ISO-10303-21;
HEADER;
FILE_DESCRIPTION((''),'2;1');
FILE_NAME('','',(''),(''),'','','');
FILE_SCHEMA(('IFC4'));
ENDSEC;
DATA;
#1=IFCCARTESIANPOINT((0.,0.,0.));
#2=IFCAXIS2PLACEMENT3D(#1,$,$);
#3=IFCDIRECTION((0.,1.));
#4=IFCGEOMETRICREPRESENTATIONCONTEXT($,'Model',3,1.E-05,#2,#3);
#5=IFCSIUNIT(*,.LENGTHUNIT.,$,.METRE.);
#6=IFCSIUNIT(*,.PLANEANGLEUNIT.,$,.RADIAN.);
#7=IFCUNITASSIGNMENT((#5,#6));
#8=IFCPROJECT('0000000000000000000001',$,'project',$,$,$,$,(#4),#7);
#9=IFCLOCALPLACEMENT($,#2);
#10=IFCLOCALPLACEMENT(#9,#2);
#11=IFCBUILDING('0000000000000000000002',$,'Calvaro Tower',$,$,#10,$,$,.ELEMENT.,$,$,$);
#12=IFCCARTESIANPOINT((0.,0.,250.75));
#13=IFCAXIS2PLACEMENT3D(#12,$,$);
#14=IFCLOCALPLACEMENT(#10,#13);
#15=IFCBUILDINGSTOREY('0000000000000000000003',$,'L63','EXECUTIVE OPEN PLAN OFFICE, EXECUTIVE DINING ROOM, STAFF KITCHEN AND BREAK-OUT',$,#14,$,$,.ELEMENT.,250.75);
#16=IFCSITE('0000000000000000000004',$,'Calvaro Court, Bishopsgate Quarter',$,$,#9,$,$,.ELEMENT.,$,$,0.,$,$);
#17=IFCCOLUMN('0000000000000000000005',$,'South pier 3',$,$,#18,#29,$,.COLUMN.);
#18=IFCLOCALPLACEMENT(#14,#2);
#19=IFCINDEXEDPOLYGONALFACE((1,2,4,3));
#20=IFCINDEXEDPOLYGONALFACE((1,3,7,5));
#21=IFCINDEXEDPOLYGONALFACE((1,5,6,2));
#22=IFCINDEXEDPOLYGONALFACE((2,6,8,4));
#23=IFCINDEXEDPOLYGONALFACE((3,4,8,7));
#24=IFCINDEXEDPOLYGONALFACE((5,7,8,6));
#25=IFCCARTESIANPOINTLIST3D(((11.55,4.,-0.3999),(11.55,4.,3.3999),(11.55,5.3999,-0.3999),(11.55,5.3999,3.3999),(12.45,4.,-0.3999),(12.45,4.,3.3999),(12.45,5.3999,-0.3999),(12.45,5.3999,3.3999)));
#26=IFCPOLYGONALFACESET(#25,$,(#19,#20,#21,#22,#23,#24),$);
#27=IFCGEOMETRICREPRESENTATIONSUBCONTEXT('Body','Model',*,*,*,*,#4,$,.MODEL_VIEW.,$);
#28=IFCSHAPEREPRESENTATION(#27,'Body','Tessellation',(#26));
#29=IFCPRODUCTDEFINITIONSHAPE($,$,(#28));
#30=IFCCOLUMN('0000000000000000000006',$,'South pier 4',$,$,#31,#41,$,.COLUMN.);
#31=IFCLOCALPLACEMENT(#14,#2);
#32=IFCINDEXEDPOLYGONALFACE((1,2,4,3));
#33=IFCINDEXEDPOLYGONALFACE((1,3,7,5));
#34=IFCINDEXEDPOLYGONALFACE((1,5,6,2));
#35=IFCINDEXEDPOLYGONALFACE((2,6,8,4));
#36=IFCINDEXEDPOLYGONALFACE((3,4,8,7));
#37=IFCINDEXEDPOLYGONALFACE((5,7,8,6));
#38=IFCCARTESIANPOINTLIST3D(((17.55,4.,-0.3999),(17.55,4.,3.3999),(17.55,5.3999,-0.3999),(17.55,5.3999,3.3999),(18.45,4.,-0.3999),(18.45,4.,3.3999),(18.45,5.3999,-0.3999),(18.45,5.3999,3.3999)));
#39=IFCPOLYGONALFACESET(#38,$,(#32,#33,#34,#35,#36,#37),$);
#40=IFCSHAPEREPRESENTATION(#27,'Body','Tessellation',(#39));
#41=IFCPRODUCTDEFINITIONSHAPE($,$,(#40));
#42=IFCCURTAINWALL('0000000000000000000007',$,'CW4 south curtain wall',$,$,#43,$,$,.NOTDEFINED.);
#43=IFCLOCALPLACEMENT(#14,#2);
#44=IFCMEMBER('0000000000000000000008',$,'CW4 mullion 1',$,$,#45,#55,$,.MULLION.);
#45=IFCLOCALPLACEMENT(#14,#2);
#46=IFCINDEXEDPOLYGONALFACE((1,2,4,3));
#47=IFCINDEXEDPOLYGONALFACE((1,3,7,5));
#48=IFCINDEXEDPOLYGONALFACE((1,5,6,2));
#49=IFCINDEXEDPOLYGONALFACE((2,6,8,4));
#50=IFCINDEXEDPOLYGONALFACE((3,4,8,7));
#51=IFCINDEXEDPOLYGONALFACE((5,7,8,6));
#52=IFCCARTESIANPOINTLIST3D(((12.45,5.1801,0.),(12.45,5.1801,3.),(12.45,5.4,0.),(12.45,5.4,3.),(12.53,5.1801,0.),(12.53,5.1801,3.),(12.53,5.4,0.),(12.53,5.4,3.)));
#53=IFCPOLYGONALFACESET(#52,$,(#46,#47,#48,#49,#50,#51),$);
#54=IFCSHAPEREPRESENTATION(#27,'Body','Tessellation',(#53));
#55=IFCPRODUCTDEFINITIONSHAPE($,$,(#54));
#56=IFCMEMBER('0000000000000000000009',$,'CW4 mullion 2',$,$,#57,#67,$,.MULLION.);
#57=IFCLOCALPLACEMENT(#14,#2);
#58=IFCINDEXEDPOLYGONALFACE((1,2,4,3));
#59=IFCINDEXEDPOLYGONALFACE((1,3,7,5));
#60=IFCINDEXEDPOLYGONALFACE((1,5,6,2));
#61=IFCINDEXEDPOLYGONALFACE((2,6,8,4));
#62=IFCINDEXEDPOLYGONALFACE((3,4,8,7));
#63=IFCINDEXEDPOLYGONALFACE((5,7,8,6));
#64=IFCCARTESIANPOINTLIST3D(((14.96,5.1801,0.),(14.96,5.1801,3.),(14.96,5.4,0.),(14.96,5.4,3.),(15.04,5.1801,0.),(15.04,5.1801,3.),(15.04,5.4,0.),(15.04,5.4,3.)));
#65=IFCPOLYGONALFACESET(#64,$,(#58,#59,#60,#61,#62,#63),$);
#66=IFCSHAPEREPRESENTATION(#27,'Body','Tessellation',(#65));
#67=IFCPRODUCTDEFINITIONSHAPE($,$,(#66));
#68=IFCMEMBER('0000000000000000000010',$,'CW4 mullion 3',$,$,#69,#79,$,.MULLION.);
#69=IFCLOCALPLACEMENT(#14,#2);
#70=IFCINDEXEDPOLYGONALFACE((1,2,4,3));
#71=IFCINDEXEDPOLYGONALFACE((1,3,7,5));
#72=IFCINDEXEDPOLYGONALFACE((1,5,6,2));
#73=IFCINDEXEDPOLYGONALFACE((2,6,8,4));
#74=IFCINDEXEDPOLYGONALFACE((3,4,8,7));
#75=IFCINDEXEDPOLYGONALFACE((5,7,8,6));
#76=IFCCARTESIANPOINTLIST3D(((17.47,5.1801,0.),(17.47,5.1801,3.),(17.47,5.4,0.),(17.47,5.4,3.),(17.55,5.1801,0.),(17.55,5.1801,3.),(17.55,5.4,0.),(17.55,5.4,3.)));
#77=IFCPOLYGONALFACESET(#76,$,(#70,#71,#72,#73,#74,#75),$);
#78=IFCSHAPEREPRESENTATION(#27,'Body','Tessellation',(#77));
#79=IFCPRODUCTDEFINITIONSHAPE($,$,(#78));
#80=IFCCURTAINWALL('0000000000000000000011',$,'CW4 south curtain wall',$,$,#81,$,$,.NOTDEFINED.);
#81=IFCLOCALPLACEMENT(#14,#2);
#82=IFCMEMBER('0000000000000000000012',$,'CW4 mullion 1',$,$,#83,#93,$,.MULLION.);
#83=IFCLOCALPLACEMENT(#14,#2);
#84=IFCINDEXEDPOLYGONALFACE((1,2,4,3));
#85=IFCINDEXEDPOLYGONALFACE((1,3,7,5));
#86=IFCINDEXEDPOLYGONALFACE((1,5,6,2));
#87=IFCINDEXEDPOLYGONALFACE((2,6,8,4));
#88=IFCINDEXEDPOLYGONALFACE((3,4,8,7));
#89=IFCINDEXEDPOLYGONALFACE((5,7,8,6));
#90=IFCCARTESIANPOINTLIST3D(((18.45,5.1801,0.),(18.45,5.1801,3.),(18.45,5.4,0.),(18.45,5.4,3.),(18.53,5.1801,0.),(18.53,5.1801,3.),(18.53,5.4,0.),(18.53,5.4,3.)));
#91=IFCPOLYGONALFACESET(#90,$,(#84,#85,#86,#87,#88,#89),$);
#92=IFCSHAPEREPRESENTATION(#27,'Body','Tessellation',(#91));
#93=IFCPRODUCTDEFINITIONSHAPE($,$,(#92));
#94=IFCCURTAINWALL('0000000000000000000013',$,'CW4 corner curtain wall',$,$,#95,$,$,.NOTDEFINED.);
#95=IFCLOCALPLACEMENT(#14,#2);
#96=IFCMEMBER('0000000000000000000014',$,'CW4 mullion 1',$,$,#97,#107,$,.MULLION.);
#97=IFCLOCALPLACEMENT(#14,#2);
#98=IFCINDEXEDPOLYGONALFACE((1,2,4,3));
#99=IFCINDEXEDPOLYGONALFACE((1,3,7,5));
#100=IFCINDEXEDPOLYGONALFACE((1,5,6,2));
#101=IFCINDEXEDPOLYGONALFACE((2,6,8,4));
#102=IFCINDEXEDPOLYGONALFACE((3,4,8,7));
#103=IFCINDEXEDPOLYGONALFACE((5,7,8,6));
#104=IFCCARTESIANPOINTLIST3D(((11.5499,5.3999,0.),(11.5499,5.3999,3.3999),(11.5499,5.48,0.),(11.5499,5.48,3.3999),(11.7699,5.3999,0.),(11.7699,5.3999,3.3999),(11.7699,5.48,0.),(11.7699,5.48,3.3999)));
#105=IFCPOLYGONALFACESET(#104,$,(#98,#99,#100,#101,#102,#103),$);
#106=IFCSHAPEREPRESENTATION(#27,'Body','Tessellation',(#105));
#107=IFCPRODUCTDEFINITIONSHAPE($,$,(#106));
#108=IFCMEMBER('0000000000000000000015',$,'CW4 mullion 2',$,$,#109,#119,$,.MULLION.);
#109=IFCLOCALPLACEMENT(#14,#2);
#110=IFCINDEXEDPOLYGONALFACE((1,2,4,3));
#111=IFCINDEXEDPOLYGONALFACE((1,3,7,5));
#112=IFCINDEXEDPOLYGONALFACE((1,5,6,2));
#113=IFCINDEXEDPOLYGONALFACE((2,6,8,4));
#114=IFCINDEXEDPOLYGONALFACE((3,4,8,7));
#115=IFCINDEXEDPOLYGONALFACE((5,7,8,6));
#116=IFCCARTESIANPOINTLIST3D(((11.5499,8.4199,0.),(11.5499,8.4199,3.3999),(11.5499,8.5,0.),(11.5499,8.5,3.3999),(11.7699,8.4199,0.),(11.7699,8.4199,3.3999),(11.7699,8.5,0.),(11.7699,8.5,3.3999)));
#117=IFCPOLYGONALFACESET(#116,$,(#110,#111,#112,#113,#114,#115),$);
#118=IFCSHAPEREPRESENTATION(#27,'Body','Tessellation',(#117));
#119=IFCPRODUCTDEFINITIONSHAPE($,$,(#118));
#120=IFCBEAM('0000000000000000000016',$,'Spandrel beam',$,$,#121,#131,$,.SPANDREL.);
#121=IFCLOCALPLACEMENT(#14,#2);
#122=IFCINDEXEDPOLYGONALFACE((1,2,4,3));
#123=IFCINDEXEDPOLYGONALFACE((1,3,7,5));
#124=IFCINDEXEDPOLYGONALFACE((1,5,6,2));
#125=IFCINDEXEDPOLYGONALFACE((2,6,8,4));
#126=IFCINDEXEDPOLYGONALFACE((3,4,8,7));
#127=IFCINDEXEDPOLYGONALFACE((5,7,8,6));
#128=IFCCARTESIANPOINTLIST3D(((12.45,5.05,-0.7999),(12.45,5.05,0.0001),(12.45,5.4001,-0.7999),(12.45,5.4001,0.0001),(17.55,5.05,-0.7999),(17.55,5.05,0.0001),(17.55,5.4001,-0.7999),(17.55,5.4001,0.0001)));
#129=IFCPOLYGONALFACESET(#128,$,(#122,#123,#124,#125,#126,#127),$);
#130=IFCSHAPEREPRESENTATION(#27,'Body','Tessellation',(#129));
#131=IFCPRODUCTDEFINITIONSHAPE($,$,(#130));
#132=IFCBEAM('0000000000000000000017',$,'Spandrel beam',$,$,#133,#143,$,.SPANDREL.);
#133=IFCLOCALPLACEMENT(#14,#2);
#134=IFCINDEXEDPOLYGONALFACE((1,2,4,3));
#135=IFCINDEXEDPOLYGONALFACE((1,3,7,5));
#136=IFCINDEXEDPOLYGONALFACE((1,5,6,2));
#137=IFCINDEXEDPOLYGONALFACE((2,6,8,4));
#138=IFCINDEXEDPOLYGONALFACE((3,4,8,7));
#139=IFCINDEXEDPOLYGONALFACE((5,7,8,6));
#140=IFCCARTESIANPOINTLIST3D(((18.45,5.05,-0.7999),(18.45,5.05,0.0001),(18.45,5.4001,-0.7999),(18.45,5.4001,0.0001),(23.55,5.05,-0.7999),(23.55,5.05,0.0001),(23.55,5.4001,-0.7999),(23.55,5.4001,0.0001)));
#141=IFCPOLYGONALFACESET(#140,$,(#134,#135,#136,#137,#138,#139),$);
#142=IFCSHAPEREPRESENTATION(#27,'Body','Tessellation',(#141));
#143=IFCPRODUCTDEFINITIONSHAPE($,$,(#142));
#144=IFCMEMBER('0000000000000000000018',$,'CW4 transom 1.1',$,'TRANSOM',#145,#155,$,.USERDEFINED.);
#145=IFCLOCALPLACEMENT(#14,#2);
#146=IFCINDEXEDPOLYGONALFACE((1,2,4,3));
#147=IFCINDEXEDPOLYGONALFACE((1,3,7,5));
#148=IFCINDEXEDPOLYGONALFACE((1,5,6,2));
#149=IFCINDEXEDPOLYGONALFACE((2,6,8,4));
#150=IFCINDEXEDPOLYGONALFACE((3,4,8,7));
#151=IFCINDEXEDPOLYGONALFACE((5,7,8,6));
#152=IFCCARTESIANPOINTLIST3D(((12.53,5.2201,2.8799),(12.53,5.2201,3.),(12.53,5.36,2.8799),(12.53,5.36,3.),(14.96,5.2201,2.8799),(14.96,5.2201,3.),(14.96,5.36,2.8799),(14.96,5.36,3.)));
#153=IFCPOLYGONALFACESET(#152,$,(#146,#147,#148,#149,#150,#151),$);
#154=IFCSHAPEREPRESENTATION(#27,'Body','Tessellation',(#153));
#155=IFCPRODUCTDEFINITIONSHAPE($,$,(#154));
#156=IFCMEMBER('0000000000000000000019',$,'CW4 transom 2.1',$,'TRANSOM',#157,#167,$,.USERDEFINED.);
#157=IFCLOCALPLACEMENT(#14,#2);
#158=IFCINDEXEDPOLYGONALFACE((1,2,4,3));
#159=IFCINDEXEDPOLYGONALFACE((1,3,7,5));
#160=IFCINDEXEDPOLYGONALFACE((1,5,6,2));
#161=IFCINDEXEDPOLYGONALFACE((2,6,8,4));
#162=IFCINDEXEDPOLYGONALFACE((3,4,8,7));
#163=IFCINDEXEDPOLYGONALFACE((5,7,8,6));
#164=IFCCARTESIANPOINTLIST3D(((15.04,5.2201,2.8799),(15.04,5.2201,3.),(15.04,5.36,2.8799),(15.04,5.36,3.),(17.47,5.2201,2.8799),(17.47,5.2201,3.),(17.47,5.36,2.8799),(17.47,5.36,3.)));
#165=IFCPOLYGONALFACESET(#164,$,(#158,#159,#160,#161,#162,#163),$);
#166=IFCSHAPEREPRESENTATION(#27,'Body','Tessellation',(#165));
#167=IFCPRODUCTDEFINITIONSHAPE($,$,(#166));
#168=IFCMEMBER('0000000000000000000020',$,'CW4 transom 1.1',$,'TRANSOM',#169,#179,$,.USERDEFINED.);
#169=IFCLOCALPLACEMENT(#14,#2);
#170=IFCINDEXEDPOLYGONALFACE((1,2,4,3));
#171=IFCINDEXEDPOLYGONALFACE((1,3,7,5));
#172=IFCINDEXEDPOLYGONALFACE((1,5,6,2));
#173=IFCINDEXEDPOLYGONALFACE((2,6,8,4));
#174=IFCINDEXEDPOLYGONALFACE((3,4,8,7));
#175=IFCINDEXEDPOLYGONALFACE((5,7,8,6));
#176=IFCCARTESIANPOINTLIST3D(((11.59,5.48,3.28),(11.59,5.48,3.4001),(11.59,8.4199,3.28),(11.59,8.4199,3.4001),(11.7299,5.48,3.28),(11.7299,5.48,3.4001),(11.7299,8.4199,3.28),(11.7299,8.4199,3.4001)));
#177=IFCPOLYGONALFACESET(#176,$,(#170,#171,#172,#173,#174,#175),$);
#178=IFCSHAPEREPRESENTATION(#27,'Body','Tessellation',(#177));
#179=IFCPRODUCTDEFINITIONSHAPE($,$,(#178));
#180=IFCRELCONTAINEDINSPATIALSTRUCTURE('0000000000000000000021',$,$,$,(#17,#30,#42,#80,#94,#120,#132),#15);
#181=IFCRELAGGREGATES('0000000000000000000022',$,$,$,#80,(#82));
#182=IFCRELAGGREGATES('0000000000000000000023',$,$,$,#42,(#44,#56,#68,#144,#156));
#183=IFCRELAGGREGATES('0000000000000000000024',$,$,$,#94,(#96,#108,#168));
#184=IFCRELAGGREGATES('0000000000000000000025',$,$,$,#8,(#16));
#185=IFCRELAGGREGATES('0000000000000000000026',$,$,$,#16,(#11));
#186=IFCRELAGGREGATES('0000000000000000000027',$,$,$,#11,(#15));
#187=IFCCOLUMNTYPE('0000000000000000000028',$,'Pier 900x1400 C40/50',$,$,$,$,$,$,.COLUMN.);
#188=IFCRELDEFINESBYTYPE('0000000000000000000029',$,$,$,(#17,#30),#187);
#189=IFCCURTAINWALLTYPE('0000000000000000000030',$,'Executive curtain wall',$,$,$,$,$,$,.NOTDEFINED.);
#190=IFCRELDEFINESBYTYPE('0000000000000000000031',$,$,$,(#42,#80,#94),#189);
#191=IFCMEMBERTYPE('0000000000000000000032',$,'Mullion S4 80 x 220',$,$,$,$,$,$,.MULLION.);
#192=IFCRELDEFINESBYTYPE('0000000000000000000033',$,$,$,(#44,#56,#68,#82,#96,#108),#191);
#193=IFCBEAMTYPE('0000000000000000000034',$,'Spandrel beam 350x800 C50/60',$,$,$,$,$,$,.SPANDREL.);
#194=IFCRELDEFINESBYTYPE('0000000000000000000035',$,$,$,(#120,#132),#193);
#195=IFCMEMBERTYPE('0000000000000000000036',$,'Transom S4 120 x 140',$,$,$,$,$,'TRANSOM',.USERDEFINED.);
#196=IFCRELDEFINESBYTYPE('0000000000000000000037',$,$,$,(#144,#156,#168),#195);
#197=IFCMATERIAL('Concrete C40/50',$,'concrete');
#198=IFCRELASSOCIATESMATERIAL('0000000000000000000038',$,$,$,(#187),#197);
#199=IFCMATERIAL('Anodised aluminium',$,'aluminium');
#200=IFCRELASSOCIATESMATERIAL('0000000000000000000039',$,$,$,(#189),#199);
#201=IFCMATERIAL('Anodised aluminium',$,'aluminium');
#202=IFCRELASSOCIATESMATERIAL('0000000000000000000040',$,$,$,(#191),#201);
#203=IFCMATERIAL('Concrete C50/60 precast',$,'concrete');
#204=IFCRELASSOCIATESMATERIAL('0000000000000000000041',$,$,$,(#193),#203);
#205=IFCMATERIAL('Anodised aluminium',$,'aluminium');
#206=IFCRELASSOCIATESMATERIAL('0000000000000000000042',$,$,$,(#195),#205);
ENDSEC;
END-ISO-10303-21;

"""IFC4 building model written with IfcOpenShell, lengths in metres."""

from ifc_helpers import new_model, si_unit, direction, frame, origin, origin_2d, place, context, subcontext, project, spatial, rectangle, extrude, material, material_profile, profile_set, type_object, element, aggregate, save


model = new_model("IFC4")

# Units and contexts
model_context = context("Model", 3, precision=1e-05, world=origin(), true_north=direction((0.0, 1.0)))
body_context = subcontext(model_context, "Body", "Model", "MODEL_VIEW")
ifc_project = project(units=[si_unit("LENGTHUNIT", "METRE"), si_unit("PLANEANGLEUNIT", "RADIAN")], contexts=[model_context])

# Site, building, storey
site_placement = place(None, origin())
site = spatial("IfcSite", under=ifc_project, at=site_placement, Name="Calvaro Court, Bishopsgate Quarter", CompositionType="ELEMENT", RefElevation=0.0)
building_placement = place(site_placement, origin())
building = spatial("IfcBuilding", under=site, at=building_placement, Name="Calvaro Tower", CompositionType="ELEMENT")
storey_placement = place(building_placement, frame((0.0, 0.0, 250.75)))
storey = spatial("IfcBuildingStorey", under=building, at=storey_placement, Name="L63", Description="EXECUTIVE OPEN PLAN OFFICE, EXECUTIVE DINING ROOM, STAFF KITCHEN AND BREAK-OUT", CompositionType="ELEMENT", Elevation=250.75)

# Columns
ifc_material_1 = material(Name="Concrete C40/50", Category="concrete")
ifc_material_profile_1 = material_profile(ifc_material_1, rectangle(XDim=0.8999, YDim=1.3999, at=origin_2d()), Name="RC 900x1400")
ifc_profile_set_1 = profile_set([ifc_material_profile_1], Name="Concrete C40/50")
column_type = type_object("IfcColumnType", Name="Pier 900x1400 C40/50", PredefinedType="COLUMN", material=ifc_profile_set_1)
for number, where, z_axis, x_axis, name in (
    (1, (12.0, 4.7, -0.3999), (0.0, 0.0, 1.0), (1.0, 0.0, 0.0), "South pier 3"),
    (2, (18.0, 4.7, -0.3999), (0.0, 0.0, 1.0), (1.0, 0.0, 0.0), "South pier 4"),
):
    element("IfcColumn", number, at=place(storey_placement, frame(where, z_axis=z_axis, x_axis=x_axis)), inside=storey, type_object=column_type, Name=name, PredefinedType="COLUMN", context=body_context, shape_type="SweptSolid", body=[
        extrude(rectangle(XDim=0.8999, YDim=1.3999, at=origin_2d()), origin(), (0.0, 0.0, 1.0), 3.7998),
    ])

# Curtain wall, members
ifc_material_2 = material(Name="Anodised aluminium", Category="aluminium")
curtain_wall_type = type_object("IfcCurtainWallType", Name="Executive curtain wall", PredefinedType="NOTDEFINED", material=ifc_material_2)
curtain_wall_1_placement = place(storey_placement, origin())
curtain_wall_1 = element("IfcCurtainWall", 3, at=curtain_wall_1_placement, inside=storey, type_object=curtain_wall_type, Name="CW4 south curtain wall", PredefinedType="NOTDEFINED")
ifc_material_3 = material(Name="Anodised aluminium", Category="aluminium")
ifc_material_profile_2 = material_profile(ifc_material_3, rectangle(XDim=0.22, YDim=0.0801, at=origin_2d()), Name="Mullion S4 80 x 220")
ifc_profile_set_2 = profile_set([ifc_material_profile_2], Name="Anodised aluminium")
member_type_1 = type_object("IfcMemberType", Name="Mullion S4 80 x 220", PredefinedType="MULLION", material=ifc_profile_set_2)
member_1_placement = place(storey_placement, frame((12.49, 5.29, 0.0), z_axis=(0.0, 0.0, 1.0), x_axis=(0.0, 1.0, 0.0)))
member_1 = element("IfcMember", 4, at=member_1_placement, type_object=member_type_1, Name="CW4 mullion 1", PredefinedType="MULLION", context=body_context, shape_type="SweptSolid", body=[
    extrude(rectangle(XDim=0.22, YDim=0.0801, at=origin_2d()), origin(), (0.0, 0.0, 1.0), 3.0),
])
member_2_placement = place(storey_placement, frame((15.0, 5.29, 0.0), z_axis=(0.0, 0.0, 1.0), x_axis=(0.0, 1.0, 0.0)))
member_2 = element("IfcMember", 5, at=member_2_placement, type_object=member_type_1, Name="CW4 mullion 2", PredefinedType="MULLION", context=body_context, shape_type="SweptSolid", body=[
    extrude(rectangle(XDim=0.22, YDim=0.0801, at=origin_2d()), origin(), (0.0, 0.0, 1.0), 3.0),
])
member_3_placement = place(storey_placement, frame((17.51, 5.29, 0.0), z_axis=(0.0, 0.0, 1.0), x_axis=(0.0, 1.0, 0.0)))
member_3 = element("IfcMember", 6, at=member_3_placement, type_object=member_type_1, Name="CW4 mullion 3", PredefinedType="MULLION", context=body_context, shape_type="SweptSolid", body=[
    extrude(rectangle(XDim=0.22, YDim=0.0801, at=origin_2d()), origin(), (0.0, 0.0, 1.0), 3.0),
])

# Curtain wall, member
curtain_wall_2_placement = place(storey_placement, origin())
curtain_wall_2 = element("IfcCurtainWall", 7, at=curtain_wall_2_placement, inside=storey, type_object=curtain_wall_type, Name="CW4 south curtain wall", PredefinedType="NOTDEFINED")
member_4_placement = place(storey_placement, frame((18.49, 5.29, 0.0), z_axis=(0.0, 0.0, 1.0), x_axis=(0.0, 1.0, 0.0)))
member_4 = element("IfcMember", 8, at=member_4_placement, type_object=member_type_1, Name="CW4 mullion 1", PredefinedType="MULLION", context=body_context, shape_type="SweptSolid", body=[
    extrude(rectangle(XDim=0.22, YDim=0.0801, at=origin_2d()), origin(), (0.0, 0.0, 1.0), 3.0),
])
aggregate(curtain_wall_2, [member_4])

# Curtain wall, members
curtain_wall_3_placement = place(storey_placement, origin())
curtain_wall_3 = element("IfcCurtainWall", 9, at=curtain_wall_3_placement, inside=storey, type_object=curtain_wall_type, Name="CW4 corner curtain wall", PredefinedType="NOTDEFINED")
member_5_placement = place(storey_placement, frame((11.6599, 5.4399, 0.0), z_axis=(0.0, 0.0, 1.0), x_axis=(-1.0, 0.0, 0.0)))
member_5 = element("IfcMember", 10, at=member_5_placement, type_object=member_type_1, Name="CW4 mullion 1", PredefinedType="MULLION", context=body_context, shape_type="SweptSolid", body=[
    extrude(rectangle(XDim=0.22, YDim=0.0801, at=origin_2d()), origin(), (0.0, 0.0, 1.0), 3.3999),
])
member_6_placement = place(storey_placement, frame((11.6599, 8.46, 0.0), z_axis=(0.0, 0.0, 1.0), x_axis=(-1.0, 0.0, 0.0)))
member_6 = element("IfcMember", 11, at=member_6_placement, type_object=member_type_1, Name="CW4 mullion 2", PredefinedType="MULLION", context=body_context, shape_type="SweptSolid", body=[
    extrude(rectangle(XDim=0.22, YDim=0.0801, at=origin_2d()), origin(), (0.0, 0.0, 1.0), 3.3999),
])

# Beams
ifc_material_4 = material(Name="Concrete C50/60 precast", Category="concrete")
ifc_material_profile_3 = material_profile(ifc_material_4, rectangle(XDim=0.3501, YDim=0.8, at=origin_2d()), Name="RC 350x800")
ifc_profile_set_3 = profile_set([ifc_material_profile_3], Name="Concrete C50/60 precast")
beam_type = type_object("IfcBeamType", Name="Spandrel beam 350x800 C50/60", PredefinedType="SPANDREL", material=ifc_profile_set_3)
for number, where, z_axis, x_axis, name in (
    (12, (12.45, 5.2251, -0.3999), (1.0, 0.0, 0.0), (0.0, 1.0, 0.0), "Spandrel beam"),
    (13, (18.45, 5.2251, -0.3999), (1.0, 0.0, 0.0), (0.0, 1.0, 0.0), "Spandrel beam"),
):
    element("IfcBeam", number, at=place(storey_placement, frame(where, z_axis=z_axis, x_axis=x_axis)), inside=storey, type_object=beam_type, Name=name, PredefinedType="SPANDREL", context=body_context, shape_type="SweptSolid", body=[
        extrude(rectangle(XDim=0.3501, YDim=0.8, at=origin_2d()), origin(), (0.0, 0.0, 1.0), 5.1001),
    ])

# Members
ifc_material_5 = material(Name="Anodised aluminium", Category="aluminium")
ifc_material_profile_4 = material_profile(ifc_material_5, rectangle(XDim=0.1399, YDim=0.1201, at=origin_2d()), Name="Transom S4 120 x 140")
ifc_profile_set_4 = profile_set([ifc_material_profile_4], Name="Anodised aluminium")
member_type_2 = type_object("IfcMemberType", Name="Transom S4 120 x 140", ElementType="TRANSOM", PredefinedType="USERDEFINED", material=ifc_profile_set_4)
member_7_placement = place(storey_placement, frame((12.53, 5.29, 2.9399), z_axis=(1.0, 0.0, 0.0), x_axis=(0.0, 1.0, 0.0)))
member_7 = element("IfcMember", 14, at=member_7_placement, type_object=member_type_2, Name="CW4 transom 1.1", ObjectType="TRANSOM", PredefinedType="USERDEFINED", context=body_context, shape_type="SweptSolid", body=[
    extrude(rectangle(XDim=0.1399, YDim=0.1201, at=origin_2d()), origin(), (0.0, 0.0, 1.0), 2.4299),
])
member_8_placement = place(storey_placement, frame((15.04, 5.29, 2.9399), z_axis=(1.0, 0.0, 0.0), x_axis=(0.0, 1.0, 0.0)))
member_8 = element("IfcMember", 15, at=member_8_placement, type_object=member_type_2, Name="CW4 transom 2.1", ObjectType="TRANSOM", PredefinedType="USERDEFINED", context=body_context, shape_type="SweptSolid", body=[
    extrude(rectangle(XDim=0.1399, YDim=0.1201, at=origin_2d()), origin(), (0.0, 0.0, 1.0), 2.4299),
])
member_9_placement = place(storey_placement, frame((11.6599, 5.48, 3.3401), z_axis=(0.0, 1.0, 0.0), x_axis=(-1.0, 0.0, 0.0)))
member_9 = element("IfcMember", 16, at=member_9_placement, type_object=member_type_2, Name="CW4 transom 1.1", ObjectType="TRANSOM", PredefinedType="USERDEFINED", context=body_context, shape_type="SweptSolid", body=[
    extrude(rectangle(XDim=0.1399, YDim=0.1201, at=origin_2d()), origin(), (0.0, 0.0, 1.0), 2.9399),
])

aggregate(curtain_wall_1, [member_1, member_2, member_3, member_7, member_8])
aggregate(curtain_wall_3, [member_5, member_6, member_9])

save(model, "model.ifc")
